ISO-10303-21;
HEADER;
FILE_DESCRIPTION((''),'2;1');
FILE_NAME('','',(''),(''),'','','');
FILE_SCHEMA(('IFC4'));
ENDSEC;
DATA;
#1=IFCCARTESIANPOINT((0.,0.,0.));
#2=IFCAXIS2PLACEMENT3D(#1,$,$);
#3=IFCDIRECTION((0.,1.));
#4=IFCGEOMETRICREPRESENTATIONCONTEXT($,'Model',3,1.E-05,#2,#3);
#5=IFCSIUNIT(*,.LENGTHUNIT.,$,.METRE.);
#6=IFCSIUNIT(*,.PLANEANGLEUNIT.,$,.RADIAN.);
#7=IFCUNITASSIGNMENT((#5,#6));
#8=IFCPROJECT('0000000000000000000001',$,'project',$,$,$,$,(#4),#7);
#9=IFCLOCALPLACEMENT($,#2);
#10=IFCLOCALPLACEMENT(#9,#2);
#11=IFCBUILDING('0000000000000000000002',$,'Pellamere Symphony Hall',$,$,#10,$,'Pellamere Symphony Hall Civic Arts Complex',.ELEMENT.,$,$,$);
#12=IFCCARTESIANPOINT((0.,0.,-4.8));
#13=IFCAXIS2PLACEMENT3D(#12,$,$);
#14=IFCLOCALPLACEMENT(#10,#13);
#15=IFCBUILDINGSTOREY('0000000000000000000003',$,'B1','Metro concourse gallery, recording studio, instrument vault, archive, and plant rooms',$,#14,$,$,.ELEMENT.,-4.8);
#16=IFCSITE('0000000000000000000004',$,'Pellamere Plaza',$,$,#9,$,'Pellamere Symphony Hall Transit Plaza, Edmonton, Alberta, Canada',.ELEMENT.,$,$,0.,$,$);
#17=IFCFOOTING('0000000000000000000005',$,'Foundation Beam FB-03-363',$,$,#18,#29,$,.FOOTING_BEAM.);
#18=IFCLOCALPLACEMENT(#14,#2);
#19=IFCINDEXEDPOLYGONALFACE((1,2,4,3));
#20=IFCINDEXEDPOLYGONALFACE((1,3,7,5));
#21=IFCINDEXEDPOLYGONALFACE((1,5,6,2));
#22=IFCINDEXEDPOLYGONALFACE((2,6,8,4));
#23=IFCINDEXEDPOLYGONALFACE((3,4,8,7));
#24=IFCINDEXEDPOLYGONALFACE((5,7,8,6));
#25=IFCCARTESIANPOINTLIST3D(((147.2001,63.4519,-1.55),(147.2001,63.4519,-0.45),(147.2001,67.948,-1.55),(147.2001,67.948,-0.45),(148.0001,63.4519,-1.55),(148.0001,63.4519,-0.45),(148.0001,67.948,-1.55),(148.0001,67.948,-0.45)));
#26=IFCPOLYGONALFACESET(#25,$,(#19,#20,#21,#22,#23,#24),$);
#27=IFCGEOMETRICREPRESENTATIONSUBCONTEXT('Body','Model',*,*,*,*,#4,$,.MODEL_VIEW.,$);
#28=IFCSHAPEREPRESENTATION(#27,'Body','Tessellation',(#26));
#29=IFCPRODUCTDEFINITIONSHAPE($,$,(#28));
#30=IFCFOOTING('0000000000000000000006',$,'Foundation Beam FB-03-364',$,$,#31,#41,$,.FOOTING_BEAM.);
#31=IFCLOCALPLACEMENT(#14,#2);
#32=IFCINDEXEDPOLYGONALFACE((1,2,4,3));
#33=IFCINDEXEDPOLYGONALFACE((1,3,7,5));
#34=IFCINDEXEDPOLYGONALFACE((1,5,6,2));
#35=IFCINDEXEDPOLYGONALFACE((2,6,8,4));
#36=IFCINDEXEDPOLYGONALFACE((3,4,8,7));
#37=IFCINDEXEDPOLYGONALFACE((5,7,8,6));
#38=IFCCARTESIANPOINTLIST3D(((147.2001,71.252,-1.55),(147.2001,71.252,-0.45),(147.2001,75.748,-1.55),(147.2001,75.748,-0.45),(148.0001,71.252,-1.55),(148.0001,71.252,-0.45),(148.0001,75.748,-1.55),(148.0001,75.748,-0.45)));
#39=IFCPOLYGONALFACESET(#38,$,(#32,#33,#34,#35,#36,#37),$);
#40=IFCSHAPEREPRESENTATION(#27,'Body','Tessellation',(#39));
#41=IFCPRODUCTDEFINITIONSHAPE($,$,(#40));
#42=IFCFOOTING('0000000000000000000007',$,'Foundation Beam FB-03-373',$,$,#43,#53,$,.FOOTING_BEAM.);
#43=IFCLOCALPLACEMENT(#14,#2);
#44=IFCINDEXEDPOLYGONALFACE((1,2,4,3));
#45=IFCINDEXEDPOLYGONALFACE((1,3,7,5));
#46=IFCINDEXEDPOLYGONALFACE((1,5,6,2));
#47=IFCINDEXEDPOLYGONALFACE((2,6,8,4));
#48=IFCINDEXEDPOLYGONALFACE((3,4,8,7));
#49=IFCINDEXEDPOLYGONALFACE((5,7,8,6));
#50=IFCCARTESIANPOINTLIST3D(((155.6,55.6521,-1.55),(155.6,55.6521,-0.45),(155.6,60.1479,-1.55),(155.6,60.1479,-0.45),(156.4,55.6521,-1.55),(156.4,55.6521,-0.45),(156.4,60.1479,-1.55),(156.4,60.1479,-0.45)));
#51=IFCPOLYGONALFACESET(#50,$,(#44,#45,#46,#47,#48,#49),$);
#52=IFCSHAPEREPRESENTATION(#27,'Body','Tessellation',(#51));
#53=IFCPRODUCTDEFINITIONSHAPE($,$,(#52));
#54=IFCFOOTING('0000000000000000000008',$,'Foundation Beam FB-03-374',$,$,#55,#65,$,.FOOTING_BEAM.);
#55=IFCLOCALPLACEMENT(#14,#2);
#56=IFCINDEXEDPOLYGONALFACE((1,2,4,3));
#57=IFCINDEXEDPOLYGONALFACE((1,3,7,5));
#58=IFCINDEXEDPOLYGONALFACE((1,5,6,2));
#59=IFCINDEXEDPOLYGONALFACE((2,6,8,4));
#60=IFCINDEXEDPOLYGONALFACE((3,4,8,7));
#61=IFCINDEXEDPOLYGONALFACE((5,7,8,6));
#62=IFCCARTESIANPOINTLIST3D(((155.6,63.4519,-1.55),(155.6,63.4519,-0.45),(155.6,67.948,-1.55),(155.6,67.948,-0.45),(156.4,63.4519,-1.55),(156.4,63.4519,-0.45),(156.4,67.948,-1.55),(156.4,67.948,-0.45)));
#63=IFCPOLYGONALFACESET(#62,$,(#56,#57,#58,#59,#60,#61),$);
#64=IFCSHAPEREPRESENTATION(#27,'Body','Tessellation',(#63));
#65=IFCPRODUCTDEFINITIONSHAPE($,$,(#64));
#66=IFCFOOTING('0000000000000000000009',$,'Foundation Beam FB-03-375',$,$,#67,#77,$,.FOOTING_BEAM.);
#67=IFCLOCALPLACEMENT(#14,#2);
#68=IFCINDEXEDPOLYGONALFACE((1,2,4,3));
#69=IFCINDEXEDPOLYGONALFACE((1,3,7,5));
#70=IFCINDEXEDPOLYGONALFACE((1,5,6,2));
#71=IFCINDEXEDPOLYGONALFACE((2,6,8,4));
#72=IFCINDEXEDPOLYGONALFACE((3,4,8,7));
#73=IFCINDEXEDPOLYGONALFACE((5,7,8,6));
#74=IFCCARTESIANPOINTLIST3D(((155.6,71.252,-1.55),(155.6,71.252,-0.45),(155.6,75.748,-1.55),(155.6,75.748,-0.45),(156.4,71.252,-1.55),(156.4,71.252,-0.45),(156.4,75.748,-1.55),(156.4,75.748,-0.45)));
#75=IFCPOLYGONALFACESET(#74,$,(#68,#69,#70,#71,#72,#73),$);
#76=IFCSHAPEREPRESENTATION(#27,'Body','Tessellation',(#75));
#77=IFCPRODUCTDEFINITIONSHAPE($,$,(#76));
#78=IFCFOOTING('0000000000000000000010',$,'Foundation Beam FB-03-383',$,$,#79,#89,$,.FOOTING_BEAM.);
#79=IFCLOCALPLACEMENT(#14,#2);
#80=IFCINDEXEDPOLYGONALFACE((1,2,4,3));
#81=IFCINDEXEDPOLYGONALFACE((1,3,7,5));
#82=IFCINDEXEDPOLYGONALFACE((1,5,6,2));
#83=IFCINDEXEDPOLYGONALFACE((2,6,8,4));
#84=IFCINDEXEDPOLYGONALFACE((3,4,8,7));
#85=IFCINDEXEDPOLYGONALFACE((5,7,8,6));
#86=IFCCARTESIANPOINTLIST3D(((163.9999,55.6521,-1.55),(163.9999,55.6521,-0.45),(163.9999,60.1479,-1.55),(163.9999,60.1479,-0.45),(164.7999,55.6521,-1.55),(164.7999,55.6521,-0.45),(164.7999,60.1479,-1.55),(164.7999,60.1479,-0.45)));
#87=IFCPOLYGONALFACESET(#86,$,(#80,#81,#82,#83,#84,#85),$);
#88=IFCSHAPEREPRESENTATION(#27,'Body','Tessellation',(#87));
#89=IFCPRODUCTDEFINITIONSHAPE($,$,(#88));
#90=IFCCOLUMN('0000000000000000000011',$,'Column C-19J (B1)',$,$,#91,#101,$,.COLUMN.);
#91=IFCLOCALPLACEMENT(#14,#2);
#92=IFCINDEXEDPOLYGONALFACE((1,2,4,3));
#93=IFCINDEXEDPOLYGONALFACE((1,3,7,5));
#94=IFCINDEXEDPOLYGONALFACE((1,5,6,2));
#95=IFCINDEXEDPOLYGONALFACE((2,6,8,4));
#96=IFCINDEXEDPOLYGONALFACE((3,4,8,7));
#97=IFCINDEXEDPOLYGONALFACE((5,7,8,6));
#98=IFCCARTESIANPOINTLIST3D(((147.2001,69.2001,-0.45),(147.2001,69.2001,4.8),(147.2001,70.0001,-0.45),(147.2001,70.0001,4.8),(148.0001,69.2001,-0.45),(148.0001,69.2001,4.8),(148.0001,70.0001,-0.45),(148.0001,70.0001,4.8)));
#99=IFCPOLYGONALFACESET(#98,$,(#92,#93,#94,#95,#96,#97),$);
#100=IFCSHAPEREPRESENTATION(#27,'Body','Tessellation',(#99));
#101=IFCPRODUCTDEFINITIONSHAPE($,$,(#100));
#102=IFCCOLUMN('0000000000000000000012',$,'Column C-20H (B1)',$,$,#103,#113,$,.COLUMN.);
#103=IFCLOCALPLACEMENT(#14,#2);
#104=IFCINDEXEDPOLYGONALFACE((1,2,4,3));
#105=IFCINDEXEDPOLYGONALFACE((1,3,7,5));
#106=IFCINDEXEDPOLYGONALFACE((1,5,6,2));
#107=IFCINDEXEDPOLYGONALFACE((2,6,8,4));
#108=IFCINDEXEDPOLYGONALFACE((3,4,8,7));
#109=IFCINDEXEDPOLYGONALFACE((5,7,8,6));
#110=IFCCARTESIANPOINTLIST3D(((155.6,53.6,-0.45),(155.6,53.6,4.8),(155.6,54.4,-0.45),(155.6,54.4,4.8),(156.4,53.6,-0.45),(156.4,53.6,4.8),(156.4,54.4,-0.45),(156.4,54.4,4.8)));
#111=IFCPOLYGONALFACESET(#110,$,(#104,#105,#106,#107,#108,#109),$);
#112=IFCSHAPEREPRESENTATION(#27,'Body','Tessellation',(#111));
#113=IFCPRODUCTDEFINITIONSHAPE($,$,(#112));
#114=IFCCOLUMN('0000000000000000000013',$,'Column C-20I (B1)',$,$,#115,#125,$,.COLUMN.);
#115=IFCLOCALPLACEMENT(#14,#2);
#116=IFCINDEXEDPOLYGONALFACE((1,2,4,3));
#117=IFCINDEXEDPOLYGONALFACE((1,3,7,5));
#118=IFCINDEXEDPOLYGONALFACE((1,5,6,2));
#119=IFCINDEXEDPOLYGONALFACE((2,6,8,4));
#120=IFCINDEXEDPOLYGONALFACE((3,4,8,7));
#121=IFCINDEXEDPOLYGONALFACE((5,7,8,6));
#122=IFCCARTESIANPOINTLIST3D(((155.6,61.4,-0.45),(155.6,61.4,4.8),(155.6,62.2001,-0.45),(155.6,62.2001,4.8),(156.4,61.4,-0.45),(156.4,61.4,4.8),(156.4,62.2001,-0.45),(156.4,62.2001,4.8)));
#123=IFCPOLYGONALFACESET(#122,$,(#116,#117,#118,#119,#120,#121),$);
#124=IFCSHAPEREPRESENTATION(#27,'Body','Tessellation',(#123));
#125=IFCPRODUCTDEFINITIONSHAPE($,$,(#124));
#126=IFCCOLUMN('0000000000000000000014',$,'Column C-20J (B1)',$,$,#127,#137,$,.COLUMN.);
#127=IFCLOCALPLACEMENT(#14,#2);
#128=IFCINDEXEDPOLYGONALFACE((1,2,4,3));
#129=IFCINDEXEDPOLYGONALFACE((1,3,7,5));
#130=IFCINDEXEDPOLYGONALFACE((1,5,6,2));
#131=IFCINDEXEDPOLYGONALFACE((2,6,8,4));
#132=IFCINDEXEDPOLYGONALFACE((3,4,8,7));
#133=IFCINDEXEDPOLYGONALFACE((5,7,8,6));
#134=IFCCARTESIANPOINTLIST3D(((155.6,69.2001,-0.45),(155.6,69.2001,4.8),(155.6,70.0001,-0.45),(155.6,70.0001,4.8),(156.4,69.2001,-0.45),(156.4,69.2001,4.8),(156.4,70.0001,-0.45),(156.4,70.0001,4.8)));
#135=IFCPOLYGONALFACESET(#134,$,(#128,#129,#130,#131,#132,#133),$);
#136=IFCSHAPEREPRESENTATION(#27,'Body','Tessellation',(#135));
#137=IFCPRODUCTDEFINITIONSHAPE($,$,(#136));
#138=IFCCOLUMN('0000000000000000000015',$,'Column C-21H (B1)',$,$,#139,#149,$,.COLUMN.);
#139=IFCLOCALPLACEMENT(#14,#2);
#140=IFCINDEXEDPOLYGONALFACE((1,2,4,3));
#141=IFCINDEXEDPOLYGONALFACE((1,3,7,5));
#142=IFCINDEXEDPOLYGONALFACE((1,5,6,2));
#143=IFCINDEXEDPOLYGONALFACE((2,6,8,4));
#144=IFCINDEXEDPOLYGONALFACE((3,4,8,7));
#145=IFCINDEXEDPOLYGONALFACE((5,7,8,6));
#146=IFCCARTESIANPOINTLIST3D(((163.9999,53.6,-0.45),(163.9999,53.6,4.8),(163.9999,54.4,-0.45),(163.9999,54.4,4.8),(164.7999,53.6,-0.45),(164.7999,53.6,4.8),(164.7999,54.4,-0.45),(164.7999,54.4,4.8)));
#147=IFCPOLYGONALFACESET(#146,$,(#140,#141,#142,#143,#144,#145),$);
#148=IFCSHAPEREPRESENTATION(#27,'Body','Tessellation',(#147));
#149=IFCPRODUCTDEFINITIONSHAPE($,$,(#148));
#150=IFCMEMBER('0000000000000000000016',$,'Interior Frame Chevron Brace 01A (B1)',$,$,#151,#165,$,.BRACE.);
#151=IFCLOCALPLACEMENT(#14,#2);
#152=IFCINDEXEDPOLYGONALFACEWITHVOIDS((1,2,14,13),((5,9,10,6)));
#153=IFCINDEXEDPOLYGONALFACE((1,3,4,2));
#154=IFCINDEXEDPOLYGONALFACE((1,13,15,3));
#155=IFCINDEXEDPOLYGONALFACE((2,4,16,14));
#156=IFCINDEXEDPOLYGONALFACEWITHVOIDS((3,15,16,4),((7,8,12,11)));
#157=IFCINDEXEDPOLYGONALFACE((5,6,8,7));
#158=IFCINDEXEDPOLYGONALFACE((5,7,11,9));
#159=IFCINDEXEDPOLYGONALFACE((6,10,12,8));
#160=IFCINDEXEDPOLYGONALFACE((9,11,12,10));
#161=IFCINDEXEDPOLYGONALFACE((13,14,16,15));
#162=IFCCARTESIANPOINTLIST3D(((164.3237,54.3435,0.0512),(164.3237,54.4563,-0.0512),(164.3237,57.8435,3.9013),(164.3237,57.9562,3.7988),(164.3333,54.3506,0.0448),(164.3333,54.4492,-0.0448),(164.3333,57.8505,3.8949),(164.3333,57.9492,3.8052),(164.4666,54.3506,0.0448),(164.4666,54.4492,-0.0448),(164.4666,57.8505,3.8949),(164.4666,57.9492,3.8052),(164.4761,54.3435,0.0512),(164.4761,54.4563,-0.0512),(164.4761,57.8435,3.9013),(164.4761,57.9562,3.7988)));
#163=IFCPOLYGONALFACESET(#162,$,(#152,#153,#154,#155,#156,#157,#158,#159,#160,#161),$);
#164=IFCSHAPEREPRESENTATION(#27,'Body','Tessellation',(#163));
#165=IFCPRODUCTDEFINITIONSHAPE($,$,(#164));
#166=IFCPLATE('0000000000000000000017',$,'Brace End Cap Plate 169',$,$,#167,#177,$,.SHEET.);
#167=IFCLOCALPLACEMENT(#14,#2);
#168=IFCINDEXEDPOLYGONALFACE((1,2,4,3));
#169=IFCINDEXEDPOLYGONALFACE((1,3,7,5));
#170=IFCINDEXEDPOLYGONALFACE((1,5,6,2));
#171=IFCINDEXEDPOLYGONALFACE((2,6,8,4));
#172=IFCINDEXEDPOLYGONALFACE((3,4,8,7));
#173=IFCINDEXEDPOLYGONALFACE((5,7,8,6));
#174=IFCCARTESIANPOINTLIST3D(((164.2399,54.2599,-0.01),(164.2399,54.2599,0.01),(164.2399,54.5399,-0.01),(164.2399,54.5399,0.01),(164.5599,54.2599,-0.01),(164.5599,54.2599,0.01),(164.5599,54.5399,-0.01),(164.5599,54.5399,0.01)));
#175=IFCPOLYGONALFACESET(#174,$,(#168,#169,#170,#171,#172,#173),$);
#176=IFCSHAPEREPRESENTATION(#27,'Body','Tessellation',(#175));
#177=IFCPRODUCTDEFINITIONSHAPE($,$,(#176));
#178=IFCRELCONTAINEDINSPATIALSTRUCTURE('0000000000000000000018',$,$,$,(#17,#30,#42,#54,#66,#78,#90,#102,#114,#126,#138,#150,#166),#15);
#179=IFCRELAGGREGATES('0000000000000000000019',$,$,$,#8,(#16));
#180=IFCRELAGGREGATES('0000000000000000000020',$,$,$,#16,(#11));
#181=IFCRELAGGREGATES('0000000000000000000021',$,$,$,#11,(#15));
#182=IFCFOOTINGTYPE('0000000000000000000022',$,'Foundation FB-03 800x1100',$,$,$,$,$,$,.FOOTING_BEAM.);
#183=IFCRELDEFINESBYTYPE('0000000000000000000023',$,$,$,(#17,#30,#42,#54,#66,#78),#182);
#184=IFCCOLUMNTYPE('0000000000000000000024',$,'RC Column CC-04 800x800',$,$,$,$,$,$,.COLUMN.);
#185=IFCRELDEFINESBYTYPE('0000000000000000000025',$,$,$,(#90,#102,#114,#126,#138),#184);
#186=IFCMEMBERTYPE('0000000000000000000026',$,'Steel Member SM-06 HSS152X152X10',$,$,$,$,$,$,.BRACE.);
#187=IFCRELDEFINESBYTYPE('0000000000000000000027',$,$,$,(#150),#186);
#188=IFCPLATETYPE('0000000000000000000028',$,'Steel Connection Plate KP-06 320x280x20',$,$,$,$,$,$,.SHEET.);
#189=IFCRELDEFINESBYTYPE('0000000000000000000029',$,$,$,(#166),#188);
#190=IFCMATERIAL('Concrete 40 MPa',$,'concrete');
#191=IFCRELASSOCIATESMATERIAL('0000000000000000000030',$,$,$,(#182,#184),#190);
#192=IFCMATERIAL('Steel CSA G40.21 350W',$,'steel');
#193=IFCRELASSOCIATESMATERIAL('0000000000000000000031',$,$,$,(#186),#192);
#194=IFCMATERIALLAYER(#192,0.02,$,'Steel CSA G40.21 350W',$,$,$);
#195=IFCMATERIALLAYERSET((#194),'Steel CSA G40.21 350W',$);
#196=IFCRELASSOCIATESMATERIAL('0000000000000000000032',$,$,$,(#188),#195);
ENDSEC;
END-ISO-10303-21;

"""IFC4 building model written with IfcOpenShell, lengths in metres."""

from ifc_helpers import new_model, si_unit, direction, frame, origin, origin_2d, place, context, subcontext, project, spatial, rectangle, hollow_rectangle, extrude, material, layer, layer_set, material_profile, profile_set, type_object, element, save


model = new_model("IFC4")

# Units and contexts
model_context = context("Model", 3, precision=1e-05, world=origin(), true_north=direction((0.0, 1.0)))
body_context = subcontext(model_context, "Body", "Model", "MODEL_VIEW")
ifc_project = project(units=[si_unit("LENGTHUNIT", "METRE"), si_unit("PLANEANGLEUNIT", "RADIAN")], contexts=[model_context])

# Site, building, storey
site_placement = place(None, origin())
site = spatial("IfcSite", under=ifc_project, at=site_placement, Name="Pellamere Plaza", LongName="Pellamere Symphony Hall Transit Plaza, Edmonton, Alberta, Canada", CompositionType="ELEMENT", RefElevation=0.0)
building_placement = place(site_placement, origin())
building = spatial("IfcBuilding", under=site, at=building_placement, Name="Pellamere Symphony Hall", LongName="Pellamere Symphony Hall Civic Arts Complex", CompositionType="ELEMENT")
storey_placement = place(building_placement, frame((0.0, 0.0, -4.8)))
storey = spatial("IfcBuildingStorey", under=building, at=storey_placement, Name="B1", Description="Metro concourse gallery, recording studio, instrument vault, archive, and plant rooms", CompositionType="ELEMENT", Elevation=-4.8)

# Footings
ifc_material_1 = material(Name="Concrete 40 MPa", Category="concrete")
ifc_material_profile_1 = material_profile(ifc_material_1, rectangle(XDim=0.8, YDim=1.1001, at=origin_2d()), Name="RC 800x1100")
ifc_profile_set_1 = profile_set([ifc_material_profile_1], Name="Concrete 40 MPa")
footing_type_1 = type_object("IfcFootingType", Name="Foundation FB-03 800x1100", PredefinedType="FOOTING_BEAM", material=ifc_profile_set_1)
for number, where, z_axis, x_axis, name in (
    (1, (147.6001, 63.4519, -1.0), (0.0, 1.0, 0.0), (-1.0, 0.0, 0.0), "Foundation Beam FB-03-363"),
    (2, (147.6001, 71.252, -1.0), (0.0, 1.0, 0.0), (-1.0, 0.0, 0.0), "Foundation Beam FB-03-364"),
):
    element("IfcFooting", number, at=place(storey_placement, frame(where, z_axis=z_axis, x_axis=x_axis)), inside=storey, type_object=footing_type_1, Name=name, PredefinedType="FOOTING_BEAM", context=body_context, shape_type="SweptSolid", body=[
        extrude(rectangle(XDim=0.8, YDim=1.1001, at=origin_2d()), origin(), (0.0, 0.0, 1.0), 4.4961),
    ])
footing_1_placement = place(storey_placement, frame((156.0, 55.6521, -1.0), z_axis=(0.0, 1.0, 0.0), x_axis=(-1.0, 0.0, 0.0)))
element("IfcFooting", 3, at=footing_1_placement, inside=storey, type_object=footing_type_1, Name="Foundation Beam FB-03-373", PredefinedType="FOOTING_BEAM", context=body_context, shape_type="SweptSolid", body=[
    extrude(rectangle(XDim=0.8, YDim=1.1001, at=origin_2d()), origin(), (0.0, 0.0, 1.0), 4.4958),
])
for number, where, z_axis, x_axis, name in (
    (4, (156.0, 63.4519, -1.0), (0.0, 1.0, 0.0), (-1.0, 0.0, 0.0), "Foundation Beam FB-03-374"),
    (5, (156.0, 71.252, -1.0), (0.0, 1.0, 0.0), (-1.0, 0.0, 0.0), "Foundation Beam FB-03-375"),
):
    element("IfcFooting", number, at=place(storey_placement, frame(where, z_axis=z_axis, x_axis=x_axis)), inside=storey, type_object=footing_type_1, Name=name, PredefinedType="FOOTING_BEAM", context=body_context, shape_type="SweptSolid", body=[
        extrude(rectangle(XDim=0.8, YDim=1.1001, at=origin_2d()), origin(), (0.0, 0.0, 1.0), 4.4961),
    ])
footing_2_placement = place(storey_placement, frame((164.3999, 55.6521, -1.0), z_axis=(0.0, 1.0, 0.0), x_axis=(-1.0, 0.0, 0.0)))
element("IfcFooting", 6, at=footing_2_placement, inside=storey, type_object=footing_type_1, Name="Foundation Beam FB-03-383", PredefinedType="FOOTING_BEAM", context=body_context, shape_type="SweptSolid", body=[
    extrude(rectangle(XDim=0.8, YDim=1.1001, at=origin_2d()), origin(), (0.0, 0.0, 1.0), 4.4958),
])

# Columns
ifc_material_profile_2 = material_profile(ifc_material_1, rectangle(XDim=0.8, YDim=0.8, at=origin_2d()), Name="RC 800x800")
ifc_profile_set_2 = profile_set([ifc_material_profile_2], Name="Concrete 40 MPa")
column_type = type_object("IfcColumnType", Name="RC Column CC-04 800x800", PredefinedType="COLUMN", material=ifc_profile_set_2)
for number, where, z_axis, x_axis, name in (
    (7, (147.6001, 69.6001, -0.45), (0.0, 0.0, 1.0), (1.0, 0.0, 0.0), "Column C-19J (B1)"),
    (8, (156.0, 54.0, -0.45), (0.0, 0.0, 1.0), (1.0, 0.0, 0.0), "Column C-20H (B1)"),
    (9, (156.0, 61.8, -0.45), (0.0, 0.0, 1.0), (1.0, 0.0, 0.0), "Column C-20I (B1)"),
    (10, (156.0, 69.6001, -0.45), (0.0, 0.0, 1.0), (1.0, 0.0, 0.0), "Column C-20J (B1)"),
    (11, (164.3999, 54.0, -0.45), (0.0, 0.0, 1.0), (1.0, 0.0, 0.0), "Column C-21H (B1)"),
):
    element("IfcColumn", number, at=place(storey_placement, frame(where, z_axis=z_axis, x_axis=x_axis)), inside=storey, type_object=column_type, Name=name, PredefinedType="COLUMN", context=body_context, shape_type="SweptSolid", body=[
        extrude(rectangle(XDim=0.8, YDim=0.8, at=origin_2d()), origin(), (0.0, 0.0, 1.0), 5.25),
    ])

# Member
ifc_material_2 = material(Name="Steel CSA G40.21 350W", Category="steel")
ifc_material_profile_3 = material_profile(ifc_material_2, hollow_rectangle(XDim=0.1523, YDim=0.1523, WallThickness=0.0095, at=origin_2d()), Name="HSS152X152X10")
ifc_profile_set_3 = profile_set([ifc_material_profile_3], Name="Steel CSA G40.21 350W")
member_type = type_object("IfcMemberType", Name="Steel Member SM-06 HSS152X152X10", PredefinedType="BRACE", material=ifc_profile_set_3)
member_placement = place(storey_placement, frame((164.3999, 54.3999, 0.0), z_axis=(0.0, 0.672663, 0.739949), x_axis=(-1.0, 0.0, 0.0)))
element("IfcMember", 12, at=member_placement, inside=storey, type_object=member_type, Name="Interior Frame Chevron Brace 01A (B1)", PredefinedType="BRACE", context=body_context, shape_type="SweptSolid", body=[
    extrude(hollow_rectangle(XDim=0.1523, YDim=0.1523, WallThickness=0.0095, at=origin_2d()), origin(), (0.0, 0.0, 1.0), 5.2031),
])

# Plate
ifc_layer_1 = layer(ifc_material_2, 0.02, Name="Steel CSA G40.21 350W")
ifc_layer_set_1 = layer_set([ifc_layer_1], Name="Steel CSA G40.21 350W")
plate_type = type_object("IfcPlateType", Name="Steel Connection Plate KP-06 320x280x20", PredefinedType="SHEET", material=ifc_layer_set_1)
plate_placement = place(storey_placement, frame((164.3999, 54.3999, -0.01), z_axis=(0.0, 0.0, 1.0), x_axis=(1.0, 0.0, 0.0)))
element("IfcPlate", 13, at=plate_placement, inside=storey, type_object=plate_type, Name="Brace End Cap Plate 169", PredefinedType="SHEET", context=body_context, shape_type="SweptSolid", body=[
    extrude(rectangle(XDim=0.3201, YDim=0.28, at=origin_2d()), origin(), (0.0, 0.0, 1.0), 0.02),
])

save(model, "model.ifc")
